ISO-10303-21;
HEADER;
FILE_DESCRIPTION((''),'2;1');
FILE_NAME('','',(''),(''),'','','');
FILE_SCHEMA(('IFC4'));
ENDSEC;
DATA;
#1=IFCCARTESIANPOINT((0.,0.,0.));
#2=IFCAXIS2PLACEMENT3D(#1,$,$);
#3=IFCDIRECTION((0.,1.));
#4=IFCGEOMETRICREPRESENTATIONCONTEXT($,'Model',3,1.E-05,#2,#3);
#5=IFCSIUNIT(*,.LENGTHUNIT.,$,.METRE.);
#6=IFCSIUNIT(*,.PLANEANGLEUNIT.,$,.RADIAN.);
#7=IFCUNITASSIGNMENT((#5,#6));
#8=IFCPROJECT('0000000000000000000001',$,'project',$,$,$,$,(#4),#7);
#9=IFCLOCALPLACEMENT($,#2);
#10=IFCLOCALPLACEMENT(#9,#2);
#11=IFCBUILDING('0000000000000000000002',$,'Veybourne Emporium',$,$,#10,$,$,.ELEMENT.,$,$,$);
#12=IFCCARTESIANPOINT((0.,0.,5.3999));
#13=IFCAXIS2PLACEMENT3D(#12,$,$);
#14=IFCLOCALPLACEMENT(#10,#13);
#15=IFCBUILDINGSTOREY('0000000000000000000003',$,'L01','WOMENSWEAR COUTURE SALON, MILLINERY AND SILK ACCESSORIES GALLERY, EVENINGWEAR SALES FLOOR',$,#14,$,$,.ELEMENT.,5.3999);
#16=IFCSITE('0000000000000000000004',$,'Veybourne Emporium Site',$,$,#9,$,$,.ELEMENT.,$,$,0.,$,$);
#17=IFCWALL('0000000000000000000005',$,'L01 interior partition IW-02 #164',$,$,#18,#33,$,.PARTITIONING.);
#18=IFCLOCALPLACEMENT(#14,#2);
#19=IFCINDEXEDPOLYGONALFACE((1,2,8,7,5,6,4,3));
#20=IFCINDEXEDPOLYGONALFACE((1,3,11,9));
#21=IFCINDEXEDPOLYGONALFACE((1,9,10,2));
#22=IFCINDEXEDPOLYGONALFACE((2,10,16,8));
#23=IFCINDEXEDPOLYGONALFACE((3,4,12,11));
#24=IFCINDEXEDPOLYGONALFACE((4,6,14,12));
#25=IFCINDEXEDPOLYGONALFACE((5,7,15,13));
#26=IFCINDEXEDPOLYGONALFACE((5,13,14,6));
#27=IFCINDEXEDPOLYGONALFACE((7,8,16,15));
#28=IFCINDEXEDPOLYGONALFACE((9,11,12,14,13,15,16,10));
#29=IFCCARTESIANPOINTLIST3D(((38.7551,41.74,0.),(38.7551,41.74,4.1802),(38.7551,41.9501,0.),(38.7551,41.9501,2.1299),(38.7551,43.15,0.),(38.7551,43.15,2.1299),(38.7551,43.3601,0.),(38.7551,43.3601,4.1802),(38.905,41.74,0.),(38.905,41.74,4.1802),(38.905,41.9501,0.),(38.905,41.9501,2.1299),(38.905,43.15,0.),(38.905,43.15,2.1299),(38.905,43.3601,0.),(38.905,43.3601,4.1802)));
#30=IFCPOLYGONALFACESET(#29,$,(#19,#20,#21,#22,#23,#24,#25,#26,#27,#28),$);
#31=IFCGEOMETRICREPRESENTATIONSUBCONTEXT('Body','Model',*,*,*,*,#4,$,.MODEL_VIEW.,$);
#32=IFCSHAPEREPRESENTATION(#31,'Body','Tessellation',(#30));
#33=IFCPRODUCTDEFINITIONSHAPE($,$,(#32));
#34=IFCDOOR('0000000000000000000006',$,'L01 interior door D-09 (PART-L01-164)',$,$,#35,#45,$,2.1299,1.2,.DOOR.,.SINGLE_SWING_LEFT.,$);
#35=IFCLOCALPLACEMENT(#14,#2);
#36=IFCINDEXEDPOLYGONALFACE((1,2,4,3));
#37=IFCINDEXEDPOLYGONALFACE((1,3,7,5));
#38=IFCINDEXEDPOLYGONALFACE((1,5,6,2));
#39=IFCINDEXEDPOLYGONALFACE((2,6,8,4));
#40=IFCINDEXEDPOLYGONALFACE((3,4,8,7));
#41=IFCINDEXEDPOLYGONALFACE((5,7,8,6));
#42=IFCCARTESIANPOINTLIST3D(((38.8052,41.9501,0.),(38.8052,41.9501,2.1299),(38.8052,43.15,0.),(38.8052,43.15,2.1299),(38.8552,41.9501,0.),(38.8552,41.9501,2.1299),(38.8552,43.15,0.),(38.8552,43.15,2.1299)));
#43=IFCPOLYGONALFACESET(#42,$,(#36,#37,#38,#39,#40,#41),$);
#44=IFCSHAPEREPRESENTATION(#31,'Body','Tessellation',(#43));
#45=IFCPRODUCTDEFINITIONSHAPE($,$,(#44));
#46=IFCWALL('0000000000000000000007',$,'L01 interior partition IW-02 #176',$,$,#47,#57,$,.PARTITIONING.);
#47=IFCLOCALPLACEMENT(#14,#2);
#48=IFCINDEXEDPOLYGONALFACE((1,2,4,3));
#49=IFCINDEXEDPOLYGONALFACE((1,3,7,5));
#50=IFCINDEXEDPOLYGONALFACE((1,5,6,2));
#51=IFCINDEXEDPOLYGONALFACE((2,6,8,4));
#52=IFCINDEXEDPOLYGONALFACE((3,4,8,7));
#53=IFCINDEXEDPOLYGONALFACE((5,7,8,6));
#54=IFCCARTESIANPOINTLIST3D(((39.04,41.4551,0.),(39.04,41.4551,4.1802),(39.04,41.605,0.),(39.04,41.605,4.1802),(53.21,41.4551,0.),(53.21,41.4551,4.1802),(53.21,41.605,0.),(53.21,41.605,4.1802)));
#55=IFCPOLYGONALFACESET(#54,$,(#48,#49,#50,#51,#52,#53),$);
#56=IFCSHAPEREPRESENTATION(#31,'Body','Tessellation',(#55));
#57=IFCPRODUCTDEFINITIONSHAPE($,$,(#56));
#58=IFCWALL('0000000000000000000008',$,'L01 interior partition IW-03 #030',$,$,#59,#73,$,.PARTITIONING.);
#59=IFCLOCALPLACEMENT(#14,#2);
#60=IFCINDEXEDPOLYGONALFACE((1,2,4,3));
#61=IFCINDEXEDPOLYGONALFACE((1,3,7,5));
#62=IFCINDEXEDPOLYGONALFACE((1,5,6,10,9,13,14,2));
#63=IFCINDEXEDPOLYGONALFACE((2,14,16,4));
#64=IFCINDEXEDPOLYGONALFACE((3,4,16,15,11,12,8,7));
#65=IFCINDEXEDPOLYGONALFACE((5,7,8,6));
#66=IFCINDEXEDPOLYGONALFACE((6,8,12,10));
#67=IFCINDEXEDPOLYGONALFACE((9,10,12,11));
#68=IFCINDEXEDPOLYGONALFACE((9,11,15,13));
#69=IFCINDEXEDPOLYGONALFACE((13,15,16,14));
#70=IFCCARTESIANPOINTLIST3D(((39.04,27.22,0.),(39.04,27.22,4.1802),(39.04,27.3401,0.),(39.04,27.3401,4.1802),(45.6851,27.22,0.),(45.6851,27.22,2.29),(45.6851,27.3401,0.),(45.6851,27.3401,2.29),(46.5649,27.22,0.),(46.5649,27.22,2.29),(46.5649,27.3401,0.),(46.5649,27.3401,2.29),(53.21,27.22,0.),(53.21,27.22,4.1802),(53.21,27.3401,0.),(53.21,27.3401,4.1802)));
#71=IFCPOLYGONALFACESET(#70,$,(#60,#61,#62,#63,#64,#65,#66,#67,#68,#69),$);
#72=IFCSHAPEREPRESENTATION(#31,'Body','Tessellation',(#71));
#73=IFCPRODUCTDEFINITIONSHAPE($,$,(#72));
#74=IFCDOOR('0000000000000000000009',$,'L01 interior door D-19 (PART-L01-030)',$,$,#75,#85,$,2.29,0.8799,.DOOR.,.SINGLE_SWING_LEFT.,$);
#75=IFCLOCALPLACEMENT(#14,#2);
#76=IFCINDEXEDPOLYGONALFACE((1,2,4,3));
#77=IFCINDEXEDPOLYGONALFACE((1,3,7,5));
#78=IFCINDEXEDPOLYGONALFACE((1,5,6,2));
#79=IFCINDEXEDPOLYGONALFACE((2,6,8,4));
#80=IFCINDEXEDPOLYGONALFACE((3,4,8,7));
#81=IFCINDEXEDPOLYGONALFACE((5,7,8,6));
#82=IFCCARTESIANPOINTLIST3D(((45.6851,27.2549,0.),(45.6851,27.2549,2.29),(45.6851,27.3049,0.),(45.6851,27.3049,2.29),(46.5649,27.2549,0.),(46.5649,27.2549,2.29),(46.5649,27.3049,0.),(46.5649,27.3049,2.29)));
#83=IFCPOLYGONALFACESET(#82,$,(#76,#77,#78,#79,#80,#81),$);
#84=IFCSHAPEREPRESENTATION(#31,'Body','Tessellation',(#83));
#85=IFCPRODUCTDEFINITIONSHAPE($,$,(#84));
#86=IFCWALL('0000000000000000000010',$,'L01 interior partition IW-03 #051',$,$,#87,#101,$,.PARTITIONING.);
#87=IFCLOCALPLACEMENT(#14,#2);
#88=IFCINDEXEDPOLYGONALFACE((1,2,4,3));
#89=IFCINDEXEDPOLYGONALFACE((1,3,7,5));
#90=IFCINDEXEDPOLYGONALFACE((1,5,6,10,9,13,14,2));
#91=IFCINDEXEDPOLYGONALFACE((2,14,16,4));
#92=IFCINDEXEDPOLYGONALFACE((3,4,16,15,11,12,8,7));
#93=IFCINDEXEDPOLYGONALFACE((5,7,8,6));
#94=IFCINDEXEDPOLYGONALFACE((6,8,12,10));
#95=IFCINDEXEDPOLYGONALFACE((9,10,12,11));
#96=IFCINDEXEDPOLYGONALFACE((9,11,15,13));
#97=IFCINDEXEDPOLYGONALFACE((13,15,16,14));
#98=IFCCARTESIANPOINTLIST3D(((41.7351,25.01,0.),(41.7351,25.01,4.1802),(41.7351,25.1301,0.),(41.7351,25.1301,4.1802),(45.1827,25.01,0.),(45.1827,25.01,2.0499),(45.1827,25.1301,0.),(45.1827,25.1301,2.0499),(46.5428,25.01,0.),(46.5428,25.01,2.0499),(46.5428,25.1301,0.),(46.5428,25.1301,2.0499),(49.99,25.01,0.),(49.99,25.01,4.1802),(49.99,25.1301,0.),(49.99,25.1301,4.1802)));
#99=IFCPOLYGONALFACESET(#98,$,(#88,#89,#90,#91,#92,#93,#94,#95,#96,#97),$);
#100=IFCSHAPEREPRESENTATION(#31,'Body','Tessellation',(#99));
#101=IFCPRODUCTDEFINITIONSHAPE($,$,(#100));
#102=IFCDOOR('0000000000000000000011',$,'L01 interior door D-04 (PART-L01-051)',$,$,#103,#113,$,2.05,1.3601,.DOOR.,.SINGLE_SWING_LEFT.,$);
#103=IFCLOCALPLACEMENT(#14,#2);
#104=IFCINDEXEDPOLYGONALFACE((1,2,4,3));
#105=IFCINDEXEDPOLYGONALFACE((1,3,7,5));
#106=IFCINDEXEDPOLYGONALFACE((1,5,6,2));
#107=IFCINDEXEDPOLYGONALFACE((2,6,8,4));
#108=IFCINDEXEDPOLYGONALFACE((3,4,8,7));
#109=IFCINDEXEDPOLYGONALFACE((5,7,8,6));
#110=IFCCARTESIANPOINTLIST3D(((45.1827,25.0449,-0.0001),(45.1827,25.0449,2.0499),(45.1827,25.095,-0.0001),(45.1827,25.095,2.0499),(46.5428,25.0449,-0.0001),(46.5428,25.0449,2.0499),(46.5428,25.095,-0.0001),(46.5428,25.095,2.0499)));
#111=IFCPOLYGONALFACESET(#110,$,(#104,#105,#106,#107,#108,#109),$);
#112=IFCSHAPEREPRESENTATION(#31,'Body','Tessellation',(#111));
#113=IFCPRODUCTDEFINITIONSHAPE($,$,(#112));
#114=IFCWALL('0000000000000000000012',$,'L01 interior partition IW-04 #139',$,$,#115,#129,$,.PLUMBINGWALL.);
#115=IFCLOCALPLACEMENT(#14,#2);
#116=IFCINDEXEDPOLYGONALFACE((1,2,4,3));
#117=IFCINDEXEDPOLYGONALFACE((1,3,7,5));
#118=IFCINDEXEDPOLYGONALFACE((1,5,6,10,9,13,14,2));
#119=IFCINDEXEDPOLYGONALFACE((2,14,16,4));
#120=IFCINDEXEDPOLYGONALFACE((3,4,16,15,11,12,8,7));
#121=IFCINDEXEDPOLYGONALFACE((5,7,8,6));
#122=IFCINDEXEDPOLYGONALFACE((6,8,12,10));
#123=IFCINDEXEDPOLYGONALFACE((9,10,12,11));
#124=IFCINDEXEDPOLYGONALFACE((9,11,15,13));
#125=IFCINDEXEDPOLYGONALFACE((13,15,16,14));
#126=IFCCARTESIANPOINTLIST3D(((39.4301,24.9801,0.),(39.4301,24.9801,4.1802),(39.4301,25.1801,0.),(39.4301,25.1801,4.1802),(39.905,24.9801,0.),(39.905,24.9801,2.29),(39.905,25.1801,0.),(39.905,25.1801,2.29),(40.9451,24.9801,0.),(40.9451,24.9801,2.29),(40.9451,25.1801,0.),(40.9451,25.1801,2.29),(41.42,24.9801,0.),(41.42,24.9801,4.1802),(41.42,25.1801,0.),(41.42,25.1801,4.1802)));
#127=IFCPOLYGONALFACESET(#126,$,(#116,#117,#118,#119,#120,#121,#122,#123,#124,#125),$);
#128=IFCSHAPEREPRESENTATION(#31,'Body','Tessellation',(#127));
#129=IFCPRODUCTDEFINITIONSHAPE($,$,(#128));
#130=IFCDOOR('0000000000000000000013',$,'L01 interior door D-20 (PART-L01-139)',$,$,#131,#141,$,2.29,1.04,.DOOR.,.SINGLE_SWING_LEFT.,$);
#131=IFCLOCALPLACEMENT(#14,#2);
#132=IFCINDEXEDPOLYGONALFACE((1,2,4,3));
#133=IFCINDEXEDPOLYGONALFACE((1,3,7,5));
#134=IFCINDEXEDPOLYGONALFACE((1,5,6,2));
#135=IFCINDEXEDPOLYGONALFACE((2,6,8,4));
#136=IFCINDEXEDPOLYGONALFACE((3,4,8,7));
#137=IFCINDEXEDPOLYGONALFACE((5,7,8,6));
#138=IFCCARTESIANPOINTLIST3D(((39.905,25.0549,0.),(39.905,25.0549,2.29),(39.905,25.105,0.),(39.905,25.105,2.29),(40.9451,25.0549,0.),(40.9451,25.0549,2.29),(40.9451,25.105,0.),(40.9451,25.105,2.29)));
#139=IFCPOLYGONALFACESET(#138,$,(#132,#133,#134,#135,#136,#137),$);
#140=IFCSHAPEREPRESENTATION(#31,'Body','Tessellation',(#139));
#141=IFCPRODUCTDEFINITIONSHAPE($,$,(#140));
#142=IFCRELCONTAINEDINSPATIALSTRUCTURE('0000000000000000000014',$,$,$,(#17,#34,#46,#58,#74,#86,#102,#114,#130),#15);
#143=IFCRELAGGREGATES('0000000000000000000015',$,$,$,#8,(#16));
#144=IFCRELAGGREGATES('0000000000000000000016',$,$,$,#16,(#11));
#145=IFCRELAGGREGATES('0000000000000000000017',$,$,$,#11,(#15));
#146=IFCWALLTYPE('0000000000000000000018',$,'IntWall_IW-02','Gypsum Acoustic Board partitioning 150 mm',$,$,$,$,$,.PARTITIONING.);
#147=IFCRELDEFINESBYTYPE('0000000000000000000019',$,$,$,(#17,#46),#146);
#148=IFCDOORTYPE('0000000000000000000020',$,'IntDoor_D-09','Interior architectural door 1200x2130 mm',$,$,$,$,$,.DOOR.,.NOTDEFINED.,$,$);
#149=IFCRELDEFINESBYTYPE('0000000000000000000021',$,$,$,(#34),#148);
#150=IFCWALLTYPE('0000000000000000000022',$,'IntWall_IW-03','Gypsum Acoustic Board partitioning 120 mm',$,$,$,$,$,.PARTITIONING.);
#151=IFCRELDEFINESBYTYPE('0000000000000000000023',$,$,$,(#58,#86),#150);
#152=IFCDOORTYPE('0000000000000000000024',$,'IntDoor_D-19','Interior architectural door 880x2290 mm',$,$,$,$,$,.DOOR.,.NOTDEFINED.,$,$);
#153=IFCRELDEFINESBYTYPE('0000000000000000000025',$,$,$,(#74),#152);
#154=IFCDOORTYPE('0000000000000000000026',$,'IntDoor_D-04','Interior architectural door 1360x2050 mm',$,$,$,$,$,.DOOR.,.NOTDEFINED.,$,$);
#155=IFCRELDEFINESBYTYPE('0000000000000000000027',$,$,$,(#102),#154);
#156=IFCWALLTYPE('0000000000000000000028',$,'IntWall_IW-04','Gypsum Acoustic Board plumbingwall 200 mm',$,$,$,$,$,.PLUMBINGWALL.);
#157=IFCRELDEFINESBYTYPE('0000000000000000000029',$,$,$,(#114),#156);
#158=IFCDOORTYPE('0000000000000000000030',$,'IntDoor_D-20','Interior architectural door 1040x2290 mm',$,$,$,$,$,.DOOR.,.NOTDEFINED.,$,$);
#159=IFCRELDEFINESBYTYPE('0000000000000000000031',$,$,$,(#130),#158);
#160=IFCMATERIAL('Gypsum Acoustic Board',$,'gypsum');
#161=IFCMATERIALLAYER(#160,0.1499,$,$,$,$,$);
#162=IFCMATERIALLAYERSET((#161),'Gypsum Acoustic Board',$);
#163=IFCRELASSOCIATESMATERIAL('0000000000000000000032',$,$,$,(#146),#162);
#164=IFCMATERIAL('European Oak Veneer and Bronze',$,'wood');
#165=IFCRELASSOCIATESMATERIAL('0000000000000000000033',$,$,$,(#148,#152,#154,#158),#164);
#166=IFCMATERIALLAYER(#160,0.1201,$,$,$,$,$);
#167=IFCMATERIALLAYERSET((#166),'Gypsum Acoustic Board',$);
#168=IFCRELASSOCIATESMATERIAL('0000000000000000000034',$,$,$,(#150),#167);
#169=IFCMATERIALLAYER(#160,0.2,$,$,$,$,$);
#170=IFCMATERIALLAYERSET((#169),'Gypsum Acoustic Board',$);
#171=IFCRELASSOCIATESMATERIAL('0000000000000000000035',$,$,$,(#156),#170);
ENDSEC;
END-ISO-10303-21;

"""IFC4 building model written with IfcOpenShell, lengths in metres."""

from ifc_helpers import new_model, si_unit, direction, frame, frame_2d, origin, place, context, subcontext, project, spatial, rectangle, extrude, material, layer, layer_set, type_object, element, fill, save


model = new_model("IFC4")

# Units and contexts
model_context = context("Model", 3, precision=1e-05, world=origin(), true_north=direction((0.0, 1.0)))
body_context = subcontext(model_context, "Body", "Model", "MODEL_VIEW")
ifc_project = project(units=[si_unit("LENGTHUNIT", "METRE"), si_unit("PLANEANGLEUNIT", "RADIAN")], contexts=[model_context])

# Site, building, storey
site_placement = place(None, origin())
site = spatial("IfcSite", under=ifc_project, at=site_placement, Name="Veybourne Emporium Site", CompositionType="ELEMENT", RefElevation=0.0)
building_placement = place(site_placement, origin())
building = spatial("IfcBuilding", under=site, at=building_placement, Name="Veybourne Emporium", CompositionType="ELEMENT")
storey_placement = place(building_placement, frame((0.0, 0.0, 5.3999)))
storey = spatial("IfcBuildingStorey", under=building, at=storey_placement, Name="L01", Description="WOMENSWEAR COUTURE SALON, MILLINERY AND SILK ACCESSORIES GALLERY, EVENINGWEAR SALES FLOOR", CompositionType="ELEMENT", Elevation=5.3999)

# Wall, opening, door
ifc_material_1 = material(Name="Gypsum Acoustic Board", Category="gypsum")
ifc_layer_1 = layer(ifc_material_1, 0.1499)
ifc_layer_set_1 = layer_set([ifc_layer_1], Name="Gypsum Acoustic Board")
wall_type_1 = type_object("IfcWallType", Name="IntWall_IW-02", Description="Gypsum Acoustic Board partitioning 150 mm", PredefinedType="PARTITIONING", material=ifc_layer_set_1)
wall_1_placement = place(storey_placement, frame((38.8301, 41.74, 0.0), z_axis=(0.0, 0.0, 1.0), x_axis=(0.0, 1.0, 0.0)))
wall_1 = element("IfcWall", 1, at=wall_1_placement, inside=storey, type_object=wall_type_1, Name="L01 interior partition IW-02 #164", PredefinedType="PARTITIONING", context=body_context, shape_type="SweptSolid", body=[
    extrude(rectangle(XDim=1.6201, YDim=0.1499, at=frame_2d((0.8101, 0.0))), origin(), (0.0, 0.0, 1.0), 4.1802),
])
opening_1_placement = place(wall_1_placement, frame((0.21, 0.0, 0.0)))
opening_1 = element("IfcOpeningElement", 2, at=opening_1_placement, cuts=wall_1, PredefinedType="OPENING", context=body_context, shape_type="SweptSolid", body=[
    extrude(rectangle(XDim=1.2, YDim=2.1299, at=frame_2d((0.6001, 1.0649))), frame((0.0, 0.095, 0.0), z_axis=(0.0, -1.0, 0.0), x_axis=(1.0, 0.0, 0.0)), (0.0, 0.0, 1.0), 0.1899),
])
ifc_material_2 = material(Name="European Oak Veneer and Bronze", Category="wood")
door_type_1 = type_object("IfcDoorType", Name="IntDoor_D-09", Description="Interior architectural door 1200x2130 mm", OperationType="NOTDEFINED", PredefinedType="DOOR", material=ifc_material_2)
door_1_placement = place(opening_1_placement, origin())
door_1 = element("IfcDoor", 3, at=door_1_placement, inside=storey, type_object=door_type_1, Name="L01 interior door D-09 (PART-L01-164)", OperationType="SINGLE_SWING_LEFT", OverallHeight=2.1299, OverallWidth=1.2, PredefinedType="DOOR", context=body_context, shape_type="SweptSolid", body=[
    extrude(rectangle(XDim=1.2, YDim=2.1299, at=frame_2d((0.6001, 1.0649))), frame((0.0, 0.0249, 0.0), z_axis=(0.0, -1.0, 0.0), x_axis=(1.0, 0.0, 0.0)), (0.0, 0.0, 1.0), 0.05),
])
fill(opening_1, door_1)

# Wall
wall_2_placement = place(storey_placement, frame((39.04, 41.53, 0.0), z_axis=(0.0, 0.0, 1.0), x_axis=(1.0, 0.0, 0.0)))
element("IfcWall", 4, at=wall_2_placement, inside=storey, type_object=wall_type_1, Name="L01 interior partition IW-02 #176", PredefinedType="PARTITIONING", context=body_context, shape_type="SweptSolid", body=[
    extrude(rectangle(XDim=14.1699, YDim=0.1499, at=frame_2d((7.085, 0.0))), origin(), (0.0, 0.0, 1.0), 4.1802),
])

# Walls, openings, doors
ifc_layer_2 = layer(ifc_material_1, 0.1201)
ifc_layer_set_2 = layer_set([ifc_layer_2], Name="Gypsum Acoustic Board")
wall_type_2 = type_object("IfcWallType", Name="IntWall_IW-03", Description="Gypsum Acoustic Board partitioning 120 mm", PredefinedType="PARTITIONING", material=ifc_layer_set_2)
wall_3_placement = place(storey_placement, frame((39.04, 27.28, 0.0), z_axis=(0.0, 0.0, 1.0), x_axis=(1.0, 0.0, 0.0)))
wall_3 = element("IfcWall", 5, at=wall_3_placement, inside=storey, type_object=wall_type_2, Name="L01 interior partition IW-03 #030", PredefinedType="PARTITIONING", context=body_context, shape_type="SweptSolid", body=[
    extrude(rectangle(XDim=14.1699, YDim=0.1201, at=frame_2d((7.085, 0.0))), origin(), (0.0, 0.0, 1.0), 4.1802),
])
opening_2_placement = place(wall_3_placement, frame((6.645, 0.0, 0.0)))
opening_2 = element("IfcOpeningElement", 6, at=opening_2_placement, cuts=wall_3, PredefinedType="OPENING", context=body_context, shape_type="SweptSolid", body=[
    extrude(rectangle(XDim=0.8799, YDim=2.29, at=frame_2d((0.4399, 1.145))), frame((0.0, 0.0801, 0.0), z_axis=(0.0, -1.0, 0.0), x_axis=(1.0, 0.0, 0.0)), (0.0, 0.0, 1.0), 0.1602),
])
door_type_2 = type_object("IfcDoorType", Name="IntDoor_D-19", Description="Interior architectural door 880x2290 mm", OperationType="NOTDEFINED", PredefinedType="DOOR", material=ifc_material_2)
door_2_placement = place(opening_2_placement, origin())
door_2 = element("IfcDoor", 7, at=door_2_placement, inside=storey, type_object=door_type_2, Name="L01 interior door D-19 (PART-L01-030)", OperationType="SINGLE_SWING_LEFT", OverallHeight=2.29, OverallWidth=0.8799, PredefinedType="DOOR", context=body_context, shape_type="SweptSolid", body=[
    extrude(rectangle(XDim=0.8799, YDim=2.29, at=frame_2d((0.4399, 1.145))), frame((0.0, 0.0249, 0.0), z_axis=(0.0, -1.0, 0.0), x_axis=(1.0, 0.0, 0.0)), (0.0, 0.0, 1.0), 0.05),
])
fill(opening_2, door_2)
wall_4_placement = place(storey_placement, frame((41.7351, 25.0701, 0.0), z_axis=(0.0, 0.0, 1.0), x_axis=(1.0, 0.0, 0.0)))
wall_4 = element("IfcWall", 8, at=wall_4_placement, inside=storey, type_object=wall_type_2, Name="L01 interior partition IW-03 #051", PredefinedType="PARTITIONING", context=body_context, shape_type="SweptSolid", body=[
    extrude(rectangle(XDim=8.2549, YDim=0.1201, at=frame_2d((4.1274, 0.0))), origin(), (0.0, 0.0, 1.0), 4.1802),
])
opening_3_placement = place(wall_4_placement, frame((3.4475, 0.0, 0.0)))
opening_3 = element("IfcOpeningElement", 9, at=opening_3_placement, cuts=wall_4, PredefinedType="OPENING", context=body_context, shape_type="SweptSolid", body=[
    extrude(rectangle(XDim=1.3601, YDim=2.05, at=frame_2d((0.6802, 1.0249))), frame((0.0, 0.0801, 0.0), z_axis=(0.0, -1.0, 0.0), x_axis=(1.0, 0.0, 0.0)), (0.0, 0.0, 1.0), 0.1602),
])
door_type_3 = type_object("IfcDoorType", Name="IntDoor_D-04", Description="Interior architectural door 1360x2050 mm", OperationType="NOTDEFINED", PredefinedType="DOOR", material=ifc_material_2)
door_3_placement = place(opening_3_placement, origin())
door_3 = element("IfcDoor", 10, at=door_3_placement, inside=storey, type_object=door_type_3, Name="L01 interior door D-04 (PART-L01-051)", OperationType="SINGLE_SWING_LEFT", OverallHeight=2.05, OverallWidth=1.3601, PredefinedType="DOOR", context=body_context, shape_type="SweptSolid", body=[
    extrude(rectangle(XDim=1.3601, YDim=2.05, at=frame_2d((0.6802, 1.0249))), frame((0.0, 0.0249, 0.0), z_axis=(0.0, -1.0, 0.0), x_axis=(1.0, 0.0, 0.0)), (0.0, 0.0, 1.0), 0.05),
])
fill(opening_3, door_3)
ifc_layer_3 = layer(ifc_material_1, 0.2)
ifc_layer_set_3 = layer_set([ifc_layer_3], Name="Gypsum Acoustic Board")
wall_type_3 = type_object("IfcWallType", Name="IntWall_IW-04", Description="Gypsum Acoustic Board plumbingwall 200 mm", PredefinedType="PLUMBINGWALL", material=ifc_layer_set_3)
wall_5_placement = place(storey_placement, frame((39.4299, 25.0801, 0.0), z_axis=(0.0, 0.0, 1.0), x_axis=(1.0, 0.0, 0.0)))
wall_5 = element("IfcWall", 11, at=wall_5_placement, inside=storey, type_object=wall_type_3, Name="L01 interior partition IW-04 #139", PredefinedType="PLUMBINGWALL", context=body_context, shape_type="SweptSolid", body=[
    extrude(rectangle(XDim=1.99, YDim=0.2, at=frame_2d((0.9951, 0.0))), origin(), (0.0, 0.0, 1.0), 4.1802),
])
opening_4_placement = place(wall_5_placement, frame((0.4751, 0.0, 0.0)))
opening_4 = element("IfcOpeningElement", 12, at=opening_4_placement, cuts=wall_5, PredefinedType="OPENING", context=body_context, shape_type="SweptSolid", body=[
    extrude(rectangle(XDim=1.04, YDim=2.29, at=frame_2d((0.52, 1.145))), frame((0.0, 0.1201, 0.0), z_axis=(0.0, -1.0, 0.0), x_axis=(1.0, 0.0, 0.0)), (0.0, 0.0, 1.0), 0.24),
])
door_type_4 = type_object("IfcDoorType", Name="IntDoor_D-20", Description="Interior architectural door 1040x2290 mm", OperationType="NOTDEFINED", PredefinedType="DOOR", material=ifc_material_2)
door_4_placement = place(opening_4_placement, origin())
door_4 = element("IfcDoor", 13, at=door_4_placement, inside=storey, type_object=door_type_4, Name="L01 interior door D-20 (PART-L01-139)", OperationType="SINGLE_SWING_LEFT", OverallHeight=2.29, OverallWidth=1.04, PredefinedType="DOOR", context=body_context, shape_type="SweptSolid", body=[
    extrude(rectangle(XDim=1.04, YDim=2.29, at=frame_2d((0.52, 1.145))), frame((0.0, 0.0249, 0.0), z_axis=(0.0, -1.0, 0.0), x_axis=(1.0, 0.0, 0.0)), (0.0, 0.0, 1.0), 0.05),
])
fill(opening_4, door_4)

save(model, "model.ifc")
